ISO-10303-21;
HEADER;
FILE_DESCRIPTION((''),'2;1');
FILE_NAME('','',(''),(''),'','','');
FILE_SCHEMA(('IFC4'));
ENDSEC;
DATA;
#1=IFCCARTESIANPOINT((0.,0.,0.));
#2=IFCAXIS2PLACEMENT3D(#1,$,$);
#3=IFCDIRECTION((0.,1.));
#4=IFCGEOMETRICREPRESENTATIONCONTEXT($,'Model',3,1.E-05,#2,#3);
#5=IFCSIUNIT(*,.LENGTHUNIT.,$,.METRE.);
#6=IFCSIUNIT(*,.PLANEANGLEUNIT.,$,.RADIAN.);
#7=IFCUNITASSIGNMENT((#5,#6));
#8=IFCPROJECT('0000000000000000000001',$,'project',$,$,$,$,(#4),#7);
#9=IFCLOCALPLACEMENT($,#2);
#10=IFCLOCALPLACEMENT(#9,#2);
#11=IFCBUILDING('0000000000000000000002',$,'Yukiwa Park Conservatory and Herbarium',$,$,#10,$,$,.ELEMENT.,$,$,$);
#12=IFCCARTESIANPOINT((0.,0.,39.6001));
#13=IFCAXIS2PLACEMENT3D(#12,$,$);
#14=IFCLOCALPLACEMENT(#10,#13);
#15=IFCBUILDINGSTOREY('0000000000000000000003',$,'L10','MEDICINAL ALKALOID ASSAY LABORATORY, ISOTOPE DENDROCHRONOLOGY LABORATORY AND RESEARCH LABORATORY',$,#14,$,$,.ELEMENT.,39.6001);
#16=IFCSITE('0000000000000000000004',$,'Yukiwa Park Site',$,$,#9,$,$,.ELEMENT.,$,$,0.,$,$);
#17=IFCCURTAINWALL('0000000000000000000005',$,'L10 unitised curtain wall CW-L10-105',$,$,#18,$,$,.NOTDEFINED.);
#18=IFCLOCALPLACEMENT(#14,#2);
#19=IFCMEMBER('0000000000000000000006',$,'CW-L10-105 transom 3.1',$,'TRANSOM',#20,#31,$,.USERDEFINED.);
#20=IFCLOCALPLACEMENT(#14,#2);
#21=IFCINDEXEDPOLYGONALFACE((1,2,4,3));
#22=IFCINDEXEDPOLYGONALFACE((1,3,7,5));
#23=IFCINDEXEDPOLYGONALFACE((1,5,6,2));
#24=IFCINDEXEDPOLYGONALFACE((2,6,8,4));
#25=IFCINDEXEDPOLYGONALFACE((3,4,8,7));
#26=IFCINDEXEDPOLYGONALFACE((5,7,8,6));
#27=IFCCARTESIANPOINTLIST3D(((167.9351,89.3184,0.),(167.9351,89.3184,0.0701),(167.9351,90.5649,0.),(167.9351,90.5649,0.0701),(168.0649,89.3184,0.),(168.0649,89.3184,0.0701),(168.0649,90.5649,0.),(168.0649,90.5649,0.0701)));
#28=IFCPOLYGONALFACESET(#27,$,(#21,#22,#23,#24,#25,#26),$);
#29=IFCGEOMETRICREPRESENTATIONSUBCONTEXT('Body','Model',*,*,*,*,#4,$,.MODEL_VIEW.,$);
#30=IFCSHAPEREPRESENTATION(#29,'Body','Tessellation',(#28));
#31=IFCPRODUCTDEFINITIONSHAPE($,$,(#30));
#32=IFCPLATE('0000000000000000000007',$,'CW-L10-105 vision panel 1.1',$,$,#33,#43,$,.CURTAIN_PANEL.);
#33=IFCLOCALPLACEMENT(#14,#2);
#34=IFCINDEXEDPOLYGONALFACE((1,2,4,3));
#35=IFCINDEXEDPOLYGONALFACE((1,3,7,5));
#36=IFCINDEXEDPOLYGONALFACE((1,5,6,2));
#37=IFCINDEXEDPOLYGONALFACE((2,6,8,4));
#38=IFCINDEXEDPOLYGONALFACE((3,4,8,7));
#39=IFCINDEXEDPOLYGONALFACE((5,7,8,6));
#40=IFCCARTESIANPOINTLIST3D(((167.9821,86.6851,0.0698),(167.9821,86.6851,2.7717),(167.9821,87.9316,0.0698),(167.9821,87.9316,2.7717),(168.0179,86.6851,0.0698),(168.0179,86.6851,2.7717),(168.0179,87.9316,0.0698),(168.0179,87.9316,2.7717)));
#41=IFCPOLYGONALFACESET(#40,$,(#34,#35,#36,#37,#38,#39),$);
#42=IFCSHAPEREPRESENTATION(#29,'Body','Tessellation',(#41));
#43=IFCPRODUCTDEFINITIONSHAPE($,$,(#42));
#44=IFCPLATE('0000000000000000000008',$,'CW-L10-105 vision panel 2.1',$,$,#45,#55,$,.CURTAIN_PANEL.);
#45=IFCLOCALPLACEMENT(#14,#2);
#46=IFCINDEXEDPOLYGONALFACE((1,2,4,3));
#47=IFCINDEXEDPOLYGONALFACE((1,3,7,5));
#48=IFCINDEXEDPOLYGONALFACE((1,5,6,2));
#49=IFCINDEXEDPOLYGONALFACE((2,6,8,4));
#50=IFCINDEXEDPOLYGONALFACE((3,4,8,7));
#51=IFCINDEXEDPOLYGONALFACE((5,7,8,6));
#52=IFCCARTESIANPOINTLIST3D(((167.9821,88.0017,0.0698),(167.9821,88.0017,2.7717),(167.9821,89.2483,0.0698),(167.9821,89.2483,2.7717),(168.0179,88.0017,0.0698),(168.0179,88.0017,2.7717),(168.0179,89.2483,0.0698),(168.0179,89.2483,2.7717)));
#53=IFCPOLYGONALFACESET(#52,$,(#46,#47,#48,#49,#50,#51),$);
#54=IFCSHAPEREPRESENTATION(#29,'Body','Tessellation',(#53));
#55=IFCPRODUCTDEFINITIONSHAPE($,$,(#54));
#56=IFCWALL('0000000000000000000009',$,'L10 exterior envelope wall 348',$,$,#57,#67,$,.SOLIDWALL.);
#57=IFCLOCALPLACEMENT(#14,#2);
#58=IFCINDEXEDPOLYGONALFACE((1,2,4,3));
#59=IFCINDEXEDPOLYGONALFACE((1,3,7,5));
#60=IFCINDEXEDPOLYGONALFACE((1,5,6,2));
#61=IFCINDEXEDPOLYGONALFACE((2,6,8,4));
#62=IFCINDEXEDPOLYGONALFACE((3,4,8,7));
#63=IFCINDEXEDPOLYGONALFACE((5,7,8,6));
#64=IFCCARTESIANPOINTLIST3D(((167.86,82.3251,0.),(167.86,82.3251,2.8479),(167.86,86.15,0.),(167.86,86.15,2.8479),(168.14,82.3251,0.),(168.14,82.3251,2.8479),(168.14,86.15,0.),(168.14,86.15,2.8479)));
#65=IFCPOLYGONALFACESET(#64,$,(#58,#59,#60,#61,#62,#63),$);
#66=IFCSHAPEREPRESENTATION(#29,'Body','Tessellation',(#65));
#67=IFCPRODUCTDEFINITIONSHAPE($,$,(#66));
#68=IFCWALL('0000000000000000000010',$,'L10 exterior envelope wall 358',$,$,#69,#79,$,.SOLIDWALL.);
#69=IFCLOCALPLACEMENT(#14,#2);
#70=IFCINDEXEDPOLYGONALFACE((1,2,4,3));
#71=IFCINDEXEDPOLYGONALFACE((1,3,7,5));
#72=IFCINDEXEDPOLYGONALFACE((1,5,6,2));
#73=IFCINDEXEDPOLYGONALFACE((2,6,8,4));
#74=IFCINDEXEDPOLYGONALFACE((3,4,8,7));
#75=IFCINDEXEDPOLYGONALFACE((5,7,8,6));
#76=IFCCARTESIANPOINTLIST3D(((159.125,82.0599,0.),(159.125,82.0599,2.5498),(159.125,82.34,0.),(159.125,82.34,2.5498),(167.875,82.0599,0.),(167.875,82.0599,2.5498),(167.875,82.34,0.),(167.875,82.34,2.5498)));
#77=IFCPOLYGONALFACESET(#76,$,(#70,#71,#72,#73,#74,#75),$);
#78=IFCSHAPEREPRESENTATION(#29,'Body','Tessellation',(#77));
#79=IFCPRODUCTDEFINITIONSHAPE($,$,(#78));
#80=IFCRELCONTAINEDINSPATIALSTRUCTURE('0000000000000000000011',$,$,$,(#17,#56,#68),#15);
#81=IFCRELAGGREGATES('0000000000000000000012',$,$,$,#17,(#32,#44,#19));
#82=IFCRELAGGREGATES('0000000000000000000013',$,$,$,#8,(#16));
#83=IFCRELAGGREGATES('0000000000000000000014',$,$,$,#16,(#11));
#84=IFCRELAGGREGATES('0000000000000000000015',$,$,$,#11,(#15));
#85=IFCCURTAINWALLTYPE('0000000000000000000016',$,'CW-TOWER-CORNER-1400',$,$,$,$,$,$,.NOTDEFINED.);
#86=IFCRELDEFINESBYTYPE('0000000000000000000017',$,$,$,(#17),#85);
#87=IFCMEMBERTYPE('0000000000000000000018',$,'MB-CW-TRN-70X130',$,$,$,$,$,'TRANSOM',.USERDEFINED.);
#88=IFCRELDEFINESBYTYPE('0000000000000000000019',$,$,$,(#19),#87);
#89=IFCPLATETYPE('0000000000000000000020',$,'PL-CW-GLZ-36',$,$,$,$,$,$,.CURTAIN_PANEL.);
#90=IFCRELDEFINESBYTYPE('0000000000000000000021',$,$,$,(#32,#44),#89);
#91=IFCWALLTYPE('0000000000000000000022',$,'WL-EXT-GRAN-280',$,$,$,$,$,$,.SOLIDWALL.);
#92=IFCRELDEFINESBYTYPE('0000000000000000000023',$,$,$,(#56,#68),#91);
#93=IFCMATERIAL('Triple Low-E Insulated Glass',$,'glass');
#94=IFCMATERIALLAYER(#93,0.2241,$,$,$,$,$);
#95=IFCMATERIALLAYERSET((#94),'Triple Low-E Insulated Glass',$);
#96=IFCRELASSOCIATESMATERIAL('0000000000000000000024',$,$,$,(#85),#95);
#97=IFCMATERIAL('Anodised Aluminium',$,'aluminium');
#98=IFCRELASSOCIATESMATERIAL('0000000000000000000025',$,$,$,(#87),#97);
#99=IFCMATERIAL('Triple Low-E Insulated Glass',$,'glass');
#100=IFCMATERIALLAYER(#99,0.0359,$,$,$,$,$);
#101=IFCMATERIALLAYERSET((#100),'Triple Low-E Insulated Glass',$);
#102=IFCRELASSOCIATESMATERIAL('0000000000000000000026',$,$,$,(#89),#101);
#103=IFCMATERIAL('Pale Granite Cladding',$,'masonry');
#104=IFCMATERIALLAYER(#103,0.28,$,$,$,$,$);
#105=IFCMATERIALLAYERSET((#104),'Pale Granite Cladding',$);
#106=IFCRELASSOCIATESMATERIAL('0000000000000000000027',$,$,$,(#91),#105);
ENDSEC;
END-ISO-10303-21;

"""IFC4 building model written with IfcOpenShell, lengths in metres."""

from ifc_helpers import new_model, si_unit, direction, frame, frame_2d, origin, origin_2d, place, context, subcontext, project, spatial, rectangle, extrude, material, layer, layer_set, type_object, element, aggregate, save


model = new_model("IFC4")

# Units and contexts
model_context = context("Model", 3, precision=1e-05, world=origin(), true_north=direction((0.0, 1.0)))
body_context = subcontext(model_context, "Body", "Model", "MODEL_VIEW")
ifc_project = project(units=[si_unit("LENGTHUNIT", "METRE"), si_unit("PLANEANGLEUNIT", "RADIAN")], contexts=[model_context])

# Site, building, storey
site_placement = place(None, origin())
site = spatial("IfcSite", under=ifc_project, at=site_placement, Name="Yukiwa Park Site", CompositionType="ELEMENT", RefElevation=0.0)
building_placement = place(site_placement, origin())
building = spatial("IfcBuilding", under=site, at=building_placement, Name="Yukiwa Park Conservatory and Herbarium", CompositionType="ELEMENT")
storey_placement = place(building_placement, frame((0.0, 0.0, 39.6001)))
storey = spatial("IfcBuildingStorey", under=building, at=storey_placement, Name="L10", Description="MEDICINAL ALKALOID ASSAY LABORATORY, ISOTOPE DENDROCHRONOLOGY LABORATORY AND RESEARCH LABORATORY", CompositionType="ELEMENT", Elevation=39.6001)

# Curtain wall, member, plates
ifc_material_1 = material(Name="Triple Low-E Insulated Glass", Category="glass")
ifc_layer_1 = layer(ifc_material_1, 0.2241)
ifc_layer_set_1 = layer_set([ifc_layer_1], Name="Triple Low-E Insulated Glass")
curtain_wall_type = type_object("IfcCurtainWallType", Name="CW-TOWER-CORNER-1400", PredefinedType="NOTDEFINED", material=ifc_layer_set_1)
curtain_wall_placement = place(storey_placement, origin())
curtain_wall = element("IfcCurtainWall", 1, at=curtain_wall_placement, inside=storey, type_object=curtain_wall_type, Name="L10 unitised curtain wall CW-L10-105", PredefinedType="NOTDEFINED")
ifc_material_2 = material(Name="Anodised Aluminium", Category="aluminium")
member_type_1 = type_object("IfcMemberType", Name="MB-CW-TRN-70X130", ElementType="TRANSOM", PredefinedType="USERDEFINED", material=ifc_material_2)
member_1_placement = place(storey_placement, frame((168.0, 89.9417, 0.0), z_axis=(0.0, 0.0, 1.0), x_axis=(0.0, 1.0, 0.0)))
member_1 = element("IfcMember", 2, at=member_1_placement, type_object=member_type_1, Name="CW-L10-105 transom 3.1", ObjectType="TRANSOM", PredefinedType="USERDEFINED", context=body_context, shape_type="SweptSolid", body=[
    extrude(rectangle(XDim=1.2466, YDim=0.1299, at=origin_2d()), origin(), (0.0, 0.0, 1.0), 0.0701),
])
ifc_material_3 = material(Name="Triple Low-E Insulated Glass", Category="glass")
ifc_layer_2 = layer(ifc_material_3, 0.0359)
ifc_layer_set_2 = layer_set([ifc_layer_2], Name="Triple Low-E Insulated Glass")
plate_type = type_object("IfcPlateType", Name="PL-CW-GLZ-36", PredefinedType="CURTAIN_PANEL", material=ifc_layer_set_2)
plate_1_placement = place(storey_placement, frame((168.0, 87.3083, 0.0698), z_axis=(0.0, 0.0, 1.0), x_axis=(0.0, 1.0, 0.0)))
plate_1 = element("IfcPlate", 3, at=plate_1_placement, type_object=plate_type, Name="CW-L10-105 vision panel 1.1", PredefinedType="CURTAIN_PANEL", context=body_context, shape_type="SweptSolid", body=[
    extrude(rectangle(XDim=1.2466, YDim=0.0359, at=origin_2d()), origin(), (0.0, 0.0, 1.0), 2.7019),
])
plate_2_placement = place(storey_placement, frame((168.0, 88.625, 0.0698), z_axis=(0.0, 0.0, 1.0), x_axis=(0.0, 1.0, 0.0)))
plate_2 = element("IfcPlate", 4, at=plate_2_placement, type_object=plate_type, Name="CW-L10-105 vision panel 2.1", PredefinedType="CURTAIN_PANEL", context=body_context, shape_type="SweptSolid", body=[
    extrude(rectangle(XDim=1.2466, YDim=0.0359, at=origin_2d()), origin(), (0.0, 0.0, 1.0), 2.7019),
])
aggregate(curtain_wall, [plate_1, plate_2, member_1])

# Walls
ifc_material_4 = material(Name="Pale Granite Cladding", Category="masonry")
ifc_layer_3 = layer(ifc_material_4, 0.28)
ifc_layer_set_3 = layer_set([ifc_layer_3], Name="Pale Granite Cladding")
wall_type = type_object("IfcWallType", Name="WL-EXT-GRAN-280", PredefinedType="SOLIDWALL", material=ifc_layer_set_3)
wall_1_placement = place(storey_placement, frame((168.0, 82.325, 0.0), z_axis=(0.0, 0.0, 1.0), x_axis=(0.0, 1.0, 0.0)))
element("IfcWall", 5, at=wall_1_placement, inside=storey, type_object=wall_type, Name="L10 exterior envelope wall 348", PredefinedType="SOLIDWALL", context=body_context, shape_type="SweptSolid", body=[
    extrude(rectangle(XDim=3.825, YDim=0.28, at=frame_2d((1.9126, 0.0))), origin(), (0.0, 0.0, 1.0), 2.8479),
])
wall_2_placement = place(storey_placement, frame((159.125, 82.2, 0.0), z_axis=(0.0, 0.0, 1.0), x_axis=(1.0, 0.0, 0.0)))
element("IfcWall", 6, at=wall_2_placement, inside=storey, type_object=wall_type, Name="L10 exterior envelope wall 358", PredefinedType="SOLIDWALL", context=body_context, shape_type="SweptSolid", body=[
    extrude(rectangle(XDim=8.75, YDim=0.28, at=frame_2d((4.375, 0.0))), origin(), (0.0, 0.0, 1.0), 2.5498),
])

save(model, "model.ifc")
